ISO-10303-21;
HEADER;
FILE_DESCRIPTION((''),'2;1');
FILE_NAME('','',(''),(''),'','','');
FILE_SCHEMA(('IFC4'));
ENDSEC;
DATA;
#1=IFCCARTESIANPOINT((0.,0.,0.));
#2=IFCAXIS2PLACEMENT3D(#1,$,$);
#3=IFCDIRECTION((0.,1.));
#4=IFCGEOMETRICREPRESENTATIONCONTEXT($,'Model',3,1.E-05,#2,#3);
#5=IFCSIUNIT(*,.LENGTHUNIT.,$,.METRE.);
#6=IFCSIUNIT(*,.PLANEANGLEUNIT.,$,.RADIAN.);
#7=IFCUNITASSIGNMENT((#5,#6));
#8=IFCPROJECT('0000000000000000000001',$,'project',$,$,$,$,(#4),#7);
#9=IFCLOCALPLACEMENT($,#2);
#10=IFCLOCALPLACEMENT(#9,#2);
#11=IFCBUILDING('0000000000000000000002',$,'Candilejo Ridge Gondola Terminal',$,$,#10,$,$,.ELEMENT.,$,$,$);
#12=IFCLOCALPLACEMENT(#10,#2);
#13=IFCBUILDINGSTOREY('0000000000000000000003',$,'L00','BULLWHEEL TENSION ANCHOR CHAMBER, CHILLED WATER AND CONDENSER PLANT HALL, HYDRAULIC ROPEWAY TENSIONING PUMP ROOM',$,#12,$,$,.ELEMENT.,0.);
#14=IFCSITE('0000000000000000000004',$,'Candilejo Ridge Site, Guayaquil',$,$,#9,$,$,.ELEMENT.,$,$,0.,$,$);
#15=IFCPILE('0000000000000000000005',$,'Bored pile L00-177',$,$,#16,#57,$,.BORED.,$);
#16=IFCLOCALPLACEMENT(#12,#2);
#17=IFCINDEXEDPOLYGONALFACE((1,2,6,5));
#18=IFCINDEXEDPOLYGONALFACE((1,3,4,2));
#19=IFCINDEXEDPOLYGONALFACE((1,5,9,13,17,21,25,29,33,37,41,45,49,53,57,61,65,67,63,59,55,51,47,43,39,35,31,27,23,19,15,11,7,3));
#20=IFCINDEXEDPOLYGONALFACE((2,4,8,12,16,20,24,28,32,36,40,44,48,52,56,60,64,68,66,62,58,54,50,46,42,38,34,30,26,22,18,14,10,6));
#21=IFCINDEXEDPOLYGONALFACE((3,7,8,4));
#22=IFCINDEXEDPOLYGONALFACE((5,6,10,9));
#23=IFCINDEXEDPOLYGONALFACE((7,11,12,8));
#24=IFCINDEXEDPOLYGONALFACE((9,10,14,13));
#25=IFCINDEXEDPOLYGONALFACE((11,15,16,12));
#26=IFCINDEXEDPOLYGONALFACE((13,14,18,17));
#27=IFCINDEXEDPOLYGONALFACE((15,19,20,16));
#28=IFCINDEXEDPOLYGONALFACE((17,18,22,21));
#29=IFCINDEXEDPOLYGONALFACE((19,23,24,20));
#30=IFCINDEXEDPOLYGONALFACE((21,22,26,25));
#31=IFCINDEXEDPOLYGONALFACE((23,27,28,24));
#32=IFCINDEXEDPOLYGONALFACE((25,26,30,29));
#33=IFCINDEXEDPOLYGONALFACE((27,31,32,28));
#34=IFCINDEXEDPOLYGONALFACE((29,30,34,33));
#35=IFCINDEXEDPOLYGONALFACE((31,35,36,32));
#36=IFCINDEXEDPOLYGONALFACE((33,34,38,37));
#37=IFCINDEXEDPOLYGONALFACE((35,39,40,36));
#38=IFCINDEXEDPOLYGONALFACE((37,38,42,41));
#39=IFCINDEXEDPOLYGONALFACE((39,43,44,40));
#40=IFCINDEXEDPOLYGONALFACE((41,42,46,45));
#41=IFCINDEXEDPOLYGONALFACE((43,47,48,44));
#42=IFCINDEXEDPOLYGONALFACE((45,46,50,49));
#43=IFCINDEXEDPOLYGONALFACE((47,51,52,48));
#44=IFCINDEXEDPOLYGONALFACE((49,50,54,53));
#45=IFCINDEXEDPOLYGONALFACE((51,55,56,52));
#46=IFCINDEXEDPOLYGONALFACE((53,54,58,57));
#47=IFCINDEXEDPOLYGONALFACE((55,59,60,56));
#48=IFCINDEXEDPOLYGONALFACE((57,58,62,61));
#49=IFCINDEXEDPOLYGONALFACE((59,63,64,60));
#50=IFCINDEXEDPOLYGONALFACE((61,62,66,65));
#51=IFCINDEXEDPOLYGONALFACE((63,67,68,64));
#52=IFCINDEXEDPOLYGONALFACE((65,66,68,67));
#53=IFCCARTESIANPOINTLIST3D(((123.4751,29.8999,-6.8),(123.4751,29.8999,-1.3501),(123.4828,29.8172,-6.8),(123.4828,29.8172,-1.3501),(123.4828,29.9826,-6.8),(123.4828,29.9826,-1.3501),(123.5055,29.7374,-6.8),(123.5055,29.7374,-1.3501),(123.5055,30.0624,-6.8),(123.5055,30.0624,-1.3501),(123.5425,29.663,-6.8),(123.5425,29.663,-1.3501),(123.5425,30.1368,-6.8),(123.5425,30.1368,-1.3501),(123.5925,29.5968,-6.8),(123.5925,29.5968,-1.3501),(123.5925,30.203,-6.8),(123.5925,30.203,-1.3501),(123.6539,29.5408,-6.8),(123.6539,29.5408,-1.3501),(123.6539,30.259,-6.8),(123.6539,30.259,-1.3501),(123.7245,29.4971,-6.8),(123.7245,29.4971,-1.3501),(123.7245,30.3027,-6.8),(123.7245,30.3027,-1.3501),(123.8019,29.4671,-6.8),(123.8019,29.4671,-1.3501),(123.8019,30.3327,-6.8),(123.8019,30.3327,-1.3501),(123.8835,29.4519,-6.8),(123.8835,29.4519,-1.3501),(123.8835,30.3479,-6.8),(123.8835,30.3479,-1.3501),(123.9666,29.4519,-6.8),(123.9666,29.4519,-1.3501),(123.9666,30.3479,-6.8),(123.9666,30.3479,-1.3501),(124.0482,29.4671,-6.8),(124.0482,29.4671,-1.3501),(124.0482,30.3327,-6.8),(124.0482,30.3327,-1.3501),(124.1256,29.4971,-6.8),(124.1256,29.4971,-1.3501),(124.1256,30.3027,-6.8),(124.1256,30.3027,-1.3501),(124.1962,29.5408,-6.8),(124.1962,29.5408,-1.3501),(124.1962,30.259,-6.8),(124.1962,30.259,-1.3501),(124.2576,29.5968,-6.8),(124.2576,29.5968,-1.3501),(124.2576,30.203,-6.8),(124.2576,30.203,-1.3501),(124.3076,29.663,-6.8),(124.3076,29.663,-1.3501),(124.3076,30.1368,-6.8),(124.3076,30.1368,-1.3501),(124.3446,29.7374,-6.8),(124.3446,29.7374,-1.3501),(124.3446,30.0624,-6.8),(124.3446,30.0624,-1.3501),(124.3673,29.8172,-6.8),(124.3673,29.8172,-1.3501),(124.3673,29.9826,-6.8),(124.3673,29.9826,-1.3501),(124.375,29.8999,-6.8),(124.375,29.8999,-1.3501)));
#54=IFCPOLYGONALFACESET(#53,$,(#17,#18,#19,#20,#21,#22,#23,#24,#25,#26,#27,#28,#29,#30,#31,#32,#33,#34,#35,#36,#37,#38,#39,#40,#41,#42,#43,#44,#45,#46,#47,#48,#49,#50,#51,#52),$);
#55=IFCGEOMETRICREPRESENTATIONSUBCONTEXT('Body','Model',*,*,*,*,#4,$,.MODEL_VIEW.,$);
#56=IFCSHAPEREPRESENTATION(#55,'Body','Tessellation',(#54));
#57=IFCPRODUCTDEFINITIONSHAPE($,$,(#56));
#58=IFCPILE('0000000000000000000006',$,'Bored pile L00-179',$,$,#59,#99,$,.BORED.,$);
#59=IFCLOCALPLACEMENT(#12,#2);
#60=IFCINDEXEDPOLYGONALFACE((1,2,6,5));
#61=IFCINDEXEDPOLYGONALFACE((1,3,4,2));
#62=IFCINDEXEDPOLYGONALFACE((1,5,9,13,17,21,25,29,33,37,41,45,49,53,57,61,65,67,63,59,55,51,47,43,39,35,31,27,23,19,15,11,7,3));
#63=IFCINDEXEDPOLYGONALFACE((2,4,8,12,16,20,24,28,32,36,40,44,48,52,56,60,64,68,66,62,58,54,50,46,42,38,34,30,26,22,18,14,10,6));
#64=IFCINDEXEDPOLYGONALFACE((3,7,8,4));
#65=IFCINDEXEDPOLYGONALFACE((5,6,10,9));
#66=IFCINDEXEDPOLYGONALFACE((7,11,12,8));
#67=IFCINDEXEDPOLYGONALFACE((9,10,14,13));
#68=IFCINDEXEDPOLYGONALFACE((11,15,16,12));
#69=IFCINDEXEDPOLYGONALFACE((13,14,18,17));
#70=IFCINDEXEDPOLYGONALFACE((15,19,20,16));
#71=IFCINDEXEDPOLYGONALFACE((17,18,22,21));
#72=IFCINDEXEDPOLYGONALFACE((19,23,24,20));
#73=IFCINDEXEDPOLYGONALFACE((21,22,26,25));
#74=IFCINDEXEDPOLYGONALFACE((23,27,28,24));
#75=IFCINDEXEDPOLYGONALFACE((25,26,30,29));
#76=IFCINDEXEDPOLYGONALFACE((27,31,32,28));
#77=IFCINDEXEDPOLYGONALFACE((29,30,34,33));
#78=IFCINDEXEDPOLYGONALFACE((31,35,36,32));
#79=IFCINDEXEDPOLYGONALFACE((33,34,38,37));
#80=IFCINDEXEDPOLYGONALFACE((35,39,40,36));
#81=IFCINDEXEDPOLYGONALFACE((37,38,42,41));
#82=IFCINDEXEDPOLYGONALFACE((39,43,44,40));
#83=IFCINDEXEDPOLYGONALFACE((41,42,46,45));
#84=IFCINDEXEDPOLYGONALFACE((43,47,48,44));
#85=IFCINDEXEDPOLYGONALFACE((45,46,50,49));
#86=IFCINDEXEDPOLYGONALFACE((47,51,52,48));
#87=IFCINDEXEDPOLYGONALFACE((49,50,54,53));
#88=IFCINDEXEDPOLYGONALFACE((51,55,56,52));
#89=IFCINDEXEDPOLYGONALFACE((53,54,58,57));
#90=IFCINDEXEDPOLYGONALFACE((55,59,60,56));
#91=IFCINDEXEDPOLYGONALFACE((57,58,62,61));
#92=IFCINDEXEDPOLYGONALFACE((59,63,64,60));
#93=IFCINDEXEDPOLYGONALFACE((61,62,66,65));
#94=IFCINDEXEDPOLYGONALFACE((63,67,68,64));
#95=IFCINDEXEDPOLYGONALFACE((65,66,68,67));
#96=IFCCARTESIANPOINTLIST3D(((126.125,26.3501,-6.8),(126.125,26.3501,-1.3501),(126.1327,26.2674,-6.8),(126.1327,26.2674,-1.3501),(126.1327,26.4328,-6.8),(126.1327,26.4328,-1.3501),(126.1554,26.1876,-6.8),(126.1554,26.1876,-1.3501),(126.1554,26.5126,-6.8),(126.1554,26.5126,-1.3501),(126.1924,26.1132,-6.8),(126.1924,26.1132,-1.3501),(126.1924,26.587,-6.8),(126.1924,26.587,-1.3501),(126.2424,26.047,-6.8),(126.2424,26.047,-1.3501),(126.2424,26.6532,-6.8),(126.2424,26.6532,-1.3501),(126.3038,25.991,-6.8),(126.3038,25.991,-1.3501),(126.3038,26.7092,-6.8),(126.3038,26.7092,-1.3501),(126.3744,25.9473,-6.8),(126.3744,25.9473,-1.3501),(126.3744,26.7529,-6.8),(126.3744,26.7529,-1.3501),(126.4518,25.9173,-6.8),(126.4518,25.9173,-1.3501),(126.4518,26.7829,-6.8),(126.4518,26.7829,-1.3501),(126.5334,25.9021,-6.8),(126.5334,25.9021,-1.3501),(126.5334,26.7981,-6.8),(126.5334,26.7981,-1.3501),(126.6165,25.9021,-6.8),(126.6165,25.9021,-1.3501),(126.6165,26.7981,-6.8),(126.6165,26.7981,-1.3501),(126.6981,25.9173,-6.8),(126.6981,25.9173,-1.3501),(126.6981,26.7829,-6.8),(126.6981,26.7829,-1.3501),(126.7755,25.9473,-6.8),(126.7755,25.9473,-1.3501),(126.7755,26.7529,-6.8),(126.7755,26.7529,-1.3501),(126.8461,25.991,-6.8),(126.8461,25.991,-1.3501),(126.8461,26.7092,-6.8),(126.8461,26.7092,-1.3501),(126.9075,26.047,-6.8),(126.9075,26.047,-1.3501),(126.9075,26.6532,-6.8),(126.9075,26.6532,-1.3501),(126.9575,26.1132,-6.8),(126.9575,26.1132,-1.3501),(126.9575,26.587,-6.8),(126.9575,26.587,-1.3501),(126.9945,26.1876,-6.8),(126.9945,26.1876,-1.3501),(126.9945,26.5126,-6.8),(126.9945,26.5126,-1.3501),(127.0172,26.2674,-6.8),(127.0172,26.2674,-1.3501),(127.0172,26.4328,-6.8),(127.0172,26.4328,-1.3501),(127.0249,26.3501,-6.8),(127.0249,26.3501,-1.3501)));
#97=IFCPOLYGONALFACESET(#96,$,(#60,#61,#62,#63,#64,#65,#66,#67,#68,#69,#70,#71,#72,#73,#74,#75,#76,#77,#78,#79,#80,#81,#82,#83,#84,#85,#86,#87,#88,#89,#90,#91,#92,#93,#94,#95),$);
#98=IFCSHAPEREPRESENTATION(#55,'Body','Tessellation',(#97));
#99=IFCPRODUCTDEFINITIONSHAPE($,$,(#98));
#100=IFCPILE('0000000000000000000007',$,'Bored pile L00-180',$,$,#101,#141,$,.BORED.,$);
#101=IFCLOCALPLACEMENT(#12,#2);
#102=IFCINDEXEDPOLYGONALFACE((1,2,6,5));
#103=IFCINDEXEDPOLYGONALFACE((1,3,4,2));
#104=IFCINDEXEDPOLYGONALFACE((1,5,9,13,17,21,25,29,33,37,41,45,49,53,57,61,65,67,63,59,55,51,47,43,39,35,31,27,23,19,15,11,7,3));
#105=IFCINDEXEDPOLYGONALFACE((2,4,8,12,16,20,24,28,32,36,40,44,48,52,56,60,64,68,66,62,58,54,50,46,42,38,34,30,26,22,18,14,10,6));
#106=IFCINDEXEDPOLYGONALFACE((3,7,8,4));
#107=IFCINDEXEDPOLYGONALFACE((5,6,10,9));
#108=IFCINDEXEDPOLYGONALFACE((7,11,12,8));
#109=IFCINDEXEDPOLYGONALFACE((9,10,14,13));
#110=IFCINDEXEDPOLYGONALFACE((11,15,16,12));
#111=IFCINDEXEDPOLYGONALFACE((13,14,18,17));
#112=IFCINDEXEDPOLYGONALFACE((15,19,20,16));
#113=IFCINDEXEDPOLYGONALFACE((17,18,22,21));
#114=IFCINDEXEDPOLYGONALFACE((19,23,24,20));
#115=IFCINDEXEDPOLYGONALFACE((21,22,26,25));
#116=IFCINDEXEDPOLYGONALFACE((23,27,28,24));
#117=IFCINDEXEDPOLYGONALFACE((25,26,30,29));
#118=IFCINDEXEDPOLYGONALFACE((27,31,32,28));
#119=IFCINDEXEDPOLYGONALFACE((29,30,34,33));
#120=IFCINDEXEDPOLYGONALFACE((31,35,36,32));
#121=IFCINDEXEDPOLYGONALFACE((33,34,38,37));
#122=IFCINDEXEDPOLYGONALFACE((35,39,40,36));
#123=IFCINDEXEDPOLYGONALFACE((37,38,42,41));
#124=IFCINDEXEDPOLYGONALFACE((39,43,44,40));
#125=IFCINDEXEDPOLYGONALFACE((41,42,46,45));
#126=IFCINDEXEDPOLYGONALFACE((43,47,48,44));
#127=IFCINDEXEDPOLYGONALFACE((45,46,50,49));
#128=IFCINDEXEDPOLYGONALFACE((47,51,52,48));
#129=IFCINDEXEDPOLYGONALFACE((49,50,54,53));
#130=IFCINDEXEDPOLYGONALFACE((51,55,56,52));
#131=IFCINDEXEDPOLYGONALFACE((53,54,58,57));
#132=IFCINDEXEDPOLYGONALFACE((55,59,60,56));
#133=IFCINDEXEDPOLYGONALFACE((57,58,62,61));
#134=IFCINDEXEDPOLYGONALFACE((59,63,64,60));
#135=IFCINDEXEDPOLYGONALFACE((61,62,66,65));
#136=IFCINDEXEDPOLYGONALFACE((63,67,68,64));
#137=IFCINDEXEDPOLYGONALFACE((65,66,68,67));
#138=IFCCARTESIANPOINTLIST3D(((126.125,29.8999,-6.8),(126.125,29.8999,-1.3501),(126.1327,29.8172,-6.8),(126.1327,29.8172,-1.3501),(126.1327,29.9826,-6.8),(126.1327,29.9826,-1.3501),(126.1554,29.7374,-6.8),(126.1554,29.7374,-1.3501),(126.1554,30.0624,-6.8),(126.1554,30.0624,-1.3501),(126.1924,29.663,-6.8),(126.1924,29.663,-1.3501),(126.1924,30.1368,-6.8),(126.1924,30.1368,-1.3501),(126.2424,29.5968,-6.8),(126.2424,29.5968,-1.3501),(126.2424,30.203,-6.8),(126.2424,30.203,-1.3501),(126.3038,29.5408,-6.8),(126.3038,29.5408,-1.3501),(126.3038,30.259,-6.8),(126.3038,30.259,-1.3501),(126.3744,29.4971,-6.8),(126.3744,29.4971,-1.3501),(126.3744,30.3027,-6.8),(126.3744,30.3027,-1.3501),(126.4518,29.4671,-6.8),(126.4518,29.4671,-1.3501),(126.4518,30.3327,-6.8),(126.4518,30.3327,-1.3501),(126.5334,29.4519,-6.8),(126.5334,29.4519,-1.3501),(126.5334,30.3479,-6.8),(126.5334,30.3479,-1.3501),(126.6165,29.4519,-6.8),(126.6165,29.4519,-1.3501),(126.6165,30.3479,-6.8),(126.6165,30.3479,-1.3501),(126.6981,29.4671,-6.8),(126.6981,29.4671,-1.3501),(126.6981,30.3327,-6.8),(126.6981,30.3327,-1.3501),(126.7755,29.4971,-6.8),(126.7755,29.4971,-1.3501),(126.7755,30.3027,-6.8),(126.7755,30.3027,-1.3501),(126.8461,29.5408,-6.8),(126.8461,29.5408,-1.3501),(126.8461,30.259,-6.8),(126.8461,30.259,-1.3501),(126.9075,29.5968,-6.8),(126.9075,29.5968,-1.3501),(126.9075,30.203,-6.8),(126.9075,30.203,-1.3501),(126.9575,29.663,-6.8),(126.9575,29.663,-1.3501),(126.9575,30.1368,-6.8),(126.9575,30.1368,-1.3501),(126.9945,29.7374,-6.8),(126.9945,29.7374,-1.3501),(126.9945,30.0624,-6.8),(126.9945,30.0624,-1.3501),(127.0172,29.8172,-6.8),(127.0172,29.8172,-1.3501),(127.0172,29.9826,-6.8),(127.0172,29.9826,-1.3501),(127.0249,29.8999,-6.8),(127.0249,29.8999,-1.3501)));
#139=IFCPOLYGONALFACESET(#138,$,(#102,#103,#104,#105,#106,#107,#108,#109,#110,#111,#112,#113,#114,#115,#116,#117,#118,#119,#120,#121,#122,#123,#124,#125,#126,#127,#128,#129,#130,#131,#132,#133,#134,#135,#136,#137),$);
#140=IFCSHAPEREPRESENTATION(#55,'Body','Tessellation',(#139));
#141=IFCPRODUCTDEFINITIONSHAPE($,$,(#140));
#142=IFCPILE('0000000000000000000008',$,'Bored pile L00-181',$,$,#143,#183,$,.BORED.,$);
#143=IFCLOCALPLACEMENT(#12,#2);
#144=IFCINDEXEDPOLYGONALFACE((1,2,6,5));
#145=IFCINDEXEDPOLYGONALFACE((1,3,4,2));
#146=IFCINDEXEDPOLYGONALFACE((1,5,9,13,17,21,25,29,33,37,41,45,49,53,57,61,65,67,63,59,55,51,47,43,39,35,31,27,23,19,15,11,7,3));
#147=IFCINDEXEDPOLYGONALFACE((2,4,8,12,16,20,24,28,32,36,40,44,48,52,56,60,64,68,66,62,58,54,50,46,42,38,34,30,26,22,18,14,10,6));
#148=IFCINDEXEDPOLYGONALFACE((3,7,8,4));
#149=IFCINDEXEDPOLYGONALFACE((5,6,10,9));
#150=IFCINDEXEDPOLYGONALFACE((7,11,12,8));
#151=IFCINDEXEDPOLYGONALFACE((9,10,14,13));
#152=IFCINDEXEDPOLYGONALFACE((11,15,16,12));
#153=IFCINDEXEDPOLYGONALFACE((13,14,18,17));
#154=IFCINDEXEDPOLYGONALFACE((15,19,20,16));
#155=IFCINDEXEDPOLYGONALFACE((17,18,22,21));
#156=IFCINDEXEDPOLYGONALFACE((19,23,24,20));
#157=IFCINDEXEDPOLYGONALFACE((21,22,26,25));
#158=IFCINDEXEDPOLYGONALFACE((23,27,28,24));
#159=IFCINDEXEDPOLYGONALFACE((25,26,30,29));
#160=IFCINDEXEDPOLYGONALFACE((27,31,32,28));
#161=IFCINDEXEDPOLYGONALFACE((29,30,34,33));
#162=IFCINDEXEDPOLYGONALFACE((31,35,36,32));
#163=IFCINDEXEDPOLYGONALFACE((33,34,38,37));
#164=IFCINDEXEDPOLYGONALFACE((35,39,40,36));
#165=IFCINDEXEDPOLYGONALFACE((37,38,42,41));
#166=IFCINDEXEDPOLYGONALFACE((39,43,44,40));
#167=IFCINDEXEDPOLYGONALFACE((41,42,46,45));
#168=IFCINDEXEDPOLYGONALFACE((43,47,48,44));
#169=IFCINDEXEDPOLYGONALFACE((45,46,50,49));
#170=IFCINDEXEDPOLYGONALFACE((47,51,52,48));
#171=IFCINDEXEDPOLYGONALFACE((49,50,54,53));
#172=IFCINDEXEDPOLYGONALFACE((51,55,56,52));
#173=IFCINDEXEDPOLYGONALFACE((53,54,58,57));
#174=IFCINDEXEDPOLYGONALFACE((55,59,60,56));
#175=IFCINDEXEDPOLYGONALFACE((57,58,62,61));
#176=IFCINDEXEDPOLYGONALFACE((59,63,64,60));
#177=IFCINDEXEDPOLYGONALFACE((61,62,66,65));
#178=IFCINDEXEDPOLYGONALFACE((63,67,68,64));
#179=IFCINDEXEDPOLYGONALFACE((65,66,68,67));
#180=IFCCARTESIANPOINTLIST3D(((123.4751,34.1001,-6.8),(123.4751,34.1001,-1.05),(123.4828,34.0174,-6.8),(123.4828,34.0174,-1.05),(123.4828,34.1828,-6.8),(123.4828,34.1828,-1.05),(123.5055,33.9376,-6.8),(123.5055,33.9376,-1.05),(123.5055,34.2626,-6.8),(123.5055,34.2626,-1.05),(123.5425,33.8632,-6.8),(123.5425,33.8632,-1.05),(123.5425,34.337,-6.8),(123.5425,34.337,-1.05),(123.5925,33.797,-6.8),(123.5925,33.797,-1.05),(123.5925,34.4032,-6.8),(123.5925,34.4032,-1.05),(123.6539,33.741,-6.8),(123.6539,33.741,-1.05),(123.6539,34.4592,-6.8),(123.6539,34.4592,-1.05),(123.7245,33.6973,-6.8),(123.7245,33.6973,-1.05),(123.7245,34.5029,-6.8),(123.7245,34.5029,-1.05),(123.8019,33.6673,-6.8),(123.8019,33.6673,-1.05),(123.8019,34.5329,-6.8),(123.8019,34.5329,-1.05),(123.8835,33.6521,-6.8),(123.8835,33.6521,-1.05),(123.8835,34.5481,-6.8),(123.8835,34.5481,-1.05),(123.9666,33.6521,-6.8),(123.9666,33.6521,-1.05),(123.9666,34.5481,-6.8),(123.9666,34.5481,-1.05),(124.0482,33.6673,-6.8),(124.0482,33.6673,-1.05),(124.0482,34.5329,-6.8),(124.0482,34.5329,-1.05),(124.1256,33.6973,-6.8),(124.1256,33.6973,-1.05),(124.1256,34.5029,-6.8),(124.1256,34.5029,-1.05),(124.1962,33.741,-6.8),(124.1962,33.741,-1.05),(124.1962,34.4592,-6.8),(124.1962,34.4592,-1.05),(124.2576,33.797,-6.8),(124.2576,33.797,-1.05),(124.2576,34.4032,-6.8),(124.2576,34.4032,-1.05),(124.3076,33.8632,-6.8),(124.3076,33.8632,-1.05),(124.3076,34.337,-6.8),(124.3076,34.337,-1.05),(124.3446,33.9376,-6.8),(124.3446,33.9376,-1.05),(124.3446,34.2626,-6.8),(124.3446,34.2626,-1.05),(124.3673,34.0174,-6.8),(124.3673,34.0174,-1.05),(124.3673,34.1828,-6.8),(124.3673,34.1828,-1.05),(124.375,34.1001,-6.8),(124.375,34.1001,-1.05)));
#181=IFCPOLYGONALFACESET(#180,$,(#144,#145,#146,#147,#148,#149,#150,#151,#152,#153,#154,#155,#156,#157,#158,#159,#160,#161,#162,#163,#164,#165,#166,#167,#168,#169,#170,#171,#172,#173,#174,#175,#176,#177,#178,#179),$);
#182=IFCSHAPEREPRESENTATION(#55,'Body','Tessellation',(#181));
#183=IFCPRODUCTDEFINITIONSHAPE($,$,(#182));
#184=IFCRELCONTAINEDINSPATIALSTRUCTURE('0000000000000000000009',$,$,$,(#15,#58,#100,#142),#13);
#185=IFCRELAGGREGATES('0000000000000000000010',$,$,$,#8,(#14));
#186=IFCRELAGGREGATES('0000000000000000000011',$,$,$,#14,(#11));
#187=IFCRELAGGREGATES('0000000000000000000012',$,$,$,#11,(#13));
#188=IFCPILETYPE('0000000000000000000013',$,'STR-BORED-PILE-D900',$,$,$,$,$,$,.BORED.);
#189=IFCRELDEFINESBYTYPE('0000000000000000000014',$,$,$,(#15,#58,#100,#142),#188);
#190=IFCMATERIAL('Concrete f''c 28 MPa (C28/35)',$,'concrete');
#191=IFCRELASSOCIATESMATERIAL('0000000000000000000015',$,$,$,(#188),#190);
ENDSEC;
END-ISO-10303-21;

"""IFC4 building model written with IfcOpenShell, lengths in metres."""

from ifc_helpers import new_model, si_unit, direction, frame, origin, origin_2d, place, context, subcontext, project, spatial, circle, extrude, material, material_profile, profile_set, type_object, element, save


model = new_model("IFC4")

# Units and contexts
model_context = context("Model", 3, precision=1e-05, world=origin(), true_north=direction((0.0, 1.0)))
body_context = subcontext(model_context, "Body", "Model", "MODEL_VIEW")
ifc_project = project(units=[si_unit("LENGTHUNIT", "METRE"), si_unit("PLANEANGLEUNIT", "RADIAN")], contexts=[model_context])

# Site, building, storey
site_placement = place(None, origin())
site = spatial("IfcSite", under=ifc_project, at=site_placement, Name="Candilejo Ridge Site, Guayaquil", CompositionType="ELEMENT", RefElevation=0.0)
building_placement = place(site_placement, origin())
building = spatial("IfcBuilding", under=site, at=building_placement, Name="Candilejo Ridge Gondola Terminal", CompositionType="ELEMENT")
storey_placement = place(building_placement, origin())
storey = spatial("IfcBuildingStorey", under=building, at=storey_placement, Name="L00", Description="BULLWHEEL TENSION ANCHOR CHAMBER, CHILLED WATER AND CONDENSER PLANT HALL, HYDRAULIC ROPEWAY TENSIONING PUMP ROOM", CompositionType="ELEMENT", Elevation=0.0)

# Piles
ifc_material_1 = material(Name="Concrete f'c 28 MPa (C28/35)", Category="concrete")
ifc_material_profile_1 = material_profile(ifc_material_1, circle(Radius=0.45, at=origin_2d()))
ifc_profile_set_1 = profile_set([ifc_material_profile_1], Name="Concrete f'c 28 MPa (C28/35)")
pile_type = type_object("IfcPileType", Name="STR-BORED-PILE-D900", PredefinedType="BORED", material=ifc_profile_set_1)
for number, where, z_axis, x_axis, name in (
    (1, (123.925, 29.8999, -1.3501), (0.0, 0.0, -1.0), (1.0, 0.0, 0.0), "Bored pile L00-177"),
    (2, (126.575, 26.3501, -1.3501), (0.0, 0.0, -1.0), (1.0, 0.0, 0.0), "Bored pile L00-179"),
    (3, (126.575, 29.8999, -1.3501), (0.0, 0.0, -1.0), (1.0, 0.0, 0.0), "Bored pile L00-180"),
):
    element("IfcPile", number, at=place(storey_placement, frame(where, z_axis=z_axis, x_axis=x_axis)), inside=storey, type_object=pile_type, Name=name, PredefinedType="BORED", context=body_context, shape_type="SweptSolid", body=[
        extrude(circle(Radius=0.45, at=origin_2d()), origin(), (0.0, 0.0, 1.0), 5.45),
    ])
for number, where, z_axis, x_axis, name in (
    (4, (123.925, 34.1001, -1.05), (0.0, 0.0, -1.0), (1.0, 0.0, 0.0), "Bored pile L00-181"),
):
    element("IfcPile", number, at=place(storey_placement, frame(where, z_axis=z_axis, x_axis=x_axis)), inside=storey, type_object=pile_type, Name=name, PredefinedType="BORED", context=body_context, shape_type="SweptSolid", body=[
        extrude(circle(Radius=0.45, at=origin_2d()), origin(), (0.0, 0.0, 1.0), 5.75),
    ])

save(model, "model.ifc")
